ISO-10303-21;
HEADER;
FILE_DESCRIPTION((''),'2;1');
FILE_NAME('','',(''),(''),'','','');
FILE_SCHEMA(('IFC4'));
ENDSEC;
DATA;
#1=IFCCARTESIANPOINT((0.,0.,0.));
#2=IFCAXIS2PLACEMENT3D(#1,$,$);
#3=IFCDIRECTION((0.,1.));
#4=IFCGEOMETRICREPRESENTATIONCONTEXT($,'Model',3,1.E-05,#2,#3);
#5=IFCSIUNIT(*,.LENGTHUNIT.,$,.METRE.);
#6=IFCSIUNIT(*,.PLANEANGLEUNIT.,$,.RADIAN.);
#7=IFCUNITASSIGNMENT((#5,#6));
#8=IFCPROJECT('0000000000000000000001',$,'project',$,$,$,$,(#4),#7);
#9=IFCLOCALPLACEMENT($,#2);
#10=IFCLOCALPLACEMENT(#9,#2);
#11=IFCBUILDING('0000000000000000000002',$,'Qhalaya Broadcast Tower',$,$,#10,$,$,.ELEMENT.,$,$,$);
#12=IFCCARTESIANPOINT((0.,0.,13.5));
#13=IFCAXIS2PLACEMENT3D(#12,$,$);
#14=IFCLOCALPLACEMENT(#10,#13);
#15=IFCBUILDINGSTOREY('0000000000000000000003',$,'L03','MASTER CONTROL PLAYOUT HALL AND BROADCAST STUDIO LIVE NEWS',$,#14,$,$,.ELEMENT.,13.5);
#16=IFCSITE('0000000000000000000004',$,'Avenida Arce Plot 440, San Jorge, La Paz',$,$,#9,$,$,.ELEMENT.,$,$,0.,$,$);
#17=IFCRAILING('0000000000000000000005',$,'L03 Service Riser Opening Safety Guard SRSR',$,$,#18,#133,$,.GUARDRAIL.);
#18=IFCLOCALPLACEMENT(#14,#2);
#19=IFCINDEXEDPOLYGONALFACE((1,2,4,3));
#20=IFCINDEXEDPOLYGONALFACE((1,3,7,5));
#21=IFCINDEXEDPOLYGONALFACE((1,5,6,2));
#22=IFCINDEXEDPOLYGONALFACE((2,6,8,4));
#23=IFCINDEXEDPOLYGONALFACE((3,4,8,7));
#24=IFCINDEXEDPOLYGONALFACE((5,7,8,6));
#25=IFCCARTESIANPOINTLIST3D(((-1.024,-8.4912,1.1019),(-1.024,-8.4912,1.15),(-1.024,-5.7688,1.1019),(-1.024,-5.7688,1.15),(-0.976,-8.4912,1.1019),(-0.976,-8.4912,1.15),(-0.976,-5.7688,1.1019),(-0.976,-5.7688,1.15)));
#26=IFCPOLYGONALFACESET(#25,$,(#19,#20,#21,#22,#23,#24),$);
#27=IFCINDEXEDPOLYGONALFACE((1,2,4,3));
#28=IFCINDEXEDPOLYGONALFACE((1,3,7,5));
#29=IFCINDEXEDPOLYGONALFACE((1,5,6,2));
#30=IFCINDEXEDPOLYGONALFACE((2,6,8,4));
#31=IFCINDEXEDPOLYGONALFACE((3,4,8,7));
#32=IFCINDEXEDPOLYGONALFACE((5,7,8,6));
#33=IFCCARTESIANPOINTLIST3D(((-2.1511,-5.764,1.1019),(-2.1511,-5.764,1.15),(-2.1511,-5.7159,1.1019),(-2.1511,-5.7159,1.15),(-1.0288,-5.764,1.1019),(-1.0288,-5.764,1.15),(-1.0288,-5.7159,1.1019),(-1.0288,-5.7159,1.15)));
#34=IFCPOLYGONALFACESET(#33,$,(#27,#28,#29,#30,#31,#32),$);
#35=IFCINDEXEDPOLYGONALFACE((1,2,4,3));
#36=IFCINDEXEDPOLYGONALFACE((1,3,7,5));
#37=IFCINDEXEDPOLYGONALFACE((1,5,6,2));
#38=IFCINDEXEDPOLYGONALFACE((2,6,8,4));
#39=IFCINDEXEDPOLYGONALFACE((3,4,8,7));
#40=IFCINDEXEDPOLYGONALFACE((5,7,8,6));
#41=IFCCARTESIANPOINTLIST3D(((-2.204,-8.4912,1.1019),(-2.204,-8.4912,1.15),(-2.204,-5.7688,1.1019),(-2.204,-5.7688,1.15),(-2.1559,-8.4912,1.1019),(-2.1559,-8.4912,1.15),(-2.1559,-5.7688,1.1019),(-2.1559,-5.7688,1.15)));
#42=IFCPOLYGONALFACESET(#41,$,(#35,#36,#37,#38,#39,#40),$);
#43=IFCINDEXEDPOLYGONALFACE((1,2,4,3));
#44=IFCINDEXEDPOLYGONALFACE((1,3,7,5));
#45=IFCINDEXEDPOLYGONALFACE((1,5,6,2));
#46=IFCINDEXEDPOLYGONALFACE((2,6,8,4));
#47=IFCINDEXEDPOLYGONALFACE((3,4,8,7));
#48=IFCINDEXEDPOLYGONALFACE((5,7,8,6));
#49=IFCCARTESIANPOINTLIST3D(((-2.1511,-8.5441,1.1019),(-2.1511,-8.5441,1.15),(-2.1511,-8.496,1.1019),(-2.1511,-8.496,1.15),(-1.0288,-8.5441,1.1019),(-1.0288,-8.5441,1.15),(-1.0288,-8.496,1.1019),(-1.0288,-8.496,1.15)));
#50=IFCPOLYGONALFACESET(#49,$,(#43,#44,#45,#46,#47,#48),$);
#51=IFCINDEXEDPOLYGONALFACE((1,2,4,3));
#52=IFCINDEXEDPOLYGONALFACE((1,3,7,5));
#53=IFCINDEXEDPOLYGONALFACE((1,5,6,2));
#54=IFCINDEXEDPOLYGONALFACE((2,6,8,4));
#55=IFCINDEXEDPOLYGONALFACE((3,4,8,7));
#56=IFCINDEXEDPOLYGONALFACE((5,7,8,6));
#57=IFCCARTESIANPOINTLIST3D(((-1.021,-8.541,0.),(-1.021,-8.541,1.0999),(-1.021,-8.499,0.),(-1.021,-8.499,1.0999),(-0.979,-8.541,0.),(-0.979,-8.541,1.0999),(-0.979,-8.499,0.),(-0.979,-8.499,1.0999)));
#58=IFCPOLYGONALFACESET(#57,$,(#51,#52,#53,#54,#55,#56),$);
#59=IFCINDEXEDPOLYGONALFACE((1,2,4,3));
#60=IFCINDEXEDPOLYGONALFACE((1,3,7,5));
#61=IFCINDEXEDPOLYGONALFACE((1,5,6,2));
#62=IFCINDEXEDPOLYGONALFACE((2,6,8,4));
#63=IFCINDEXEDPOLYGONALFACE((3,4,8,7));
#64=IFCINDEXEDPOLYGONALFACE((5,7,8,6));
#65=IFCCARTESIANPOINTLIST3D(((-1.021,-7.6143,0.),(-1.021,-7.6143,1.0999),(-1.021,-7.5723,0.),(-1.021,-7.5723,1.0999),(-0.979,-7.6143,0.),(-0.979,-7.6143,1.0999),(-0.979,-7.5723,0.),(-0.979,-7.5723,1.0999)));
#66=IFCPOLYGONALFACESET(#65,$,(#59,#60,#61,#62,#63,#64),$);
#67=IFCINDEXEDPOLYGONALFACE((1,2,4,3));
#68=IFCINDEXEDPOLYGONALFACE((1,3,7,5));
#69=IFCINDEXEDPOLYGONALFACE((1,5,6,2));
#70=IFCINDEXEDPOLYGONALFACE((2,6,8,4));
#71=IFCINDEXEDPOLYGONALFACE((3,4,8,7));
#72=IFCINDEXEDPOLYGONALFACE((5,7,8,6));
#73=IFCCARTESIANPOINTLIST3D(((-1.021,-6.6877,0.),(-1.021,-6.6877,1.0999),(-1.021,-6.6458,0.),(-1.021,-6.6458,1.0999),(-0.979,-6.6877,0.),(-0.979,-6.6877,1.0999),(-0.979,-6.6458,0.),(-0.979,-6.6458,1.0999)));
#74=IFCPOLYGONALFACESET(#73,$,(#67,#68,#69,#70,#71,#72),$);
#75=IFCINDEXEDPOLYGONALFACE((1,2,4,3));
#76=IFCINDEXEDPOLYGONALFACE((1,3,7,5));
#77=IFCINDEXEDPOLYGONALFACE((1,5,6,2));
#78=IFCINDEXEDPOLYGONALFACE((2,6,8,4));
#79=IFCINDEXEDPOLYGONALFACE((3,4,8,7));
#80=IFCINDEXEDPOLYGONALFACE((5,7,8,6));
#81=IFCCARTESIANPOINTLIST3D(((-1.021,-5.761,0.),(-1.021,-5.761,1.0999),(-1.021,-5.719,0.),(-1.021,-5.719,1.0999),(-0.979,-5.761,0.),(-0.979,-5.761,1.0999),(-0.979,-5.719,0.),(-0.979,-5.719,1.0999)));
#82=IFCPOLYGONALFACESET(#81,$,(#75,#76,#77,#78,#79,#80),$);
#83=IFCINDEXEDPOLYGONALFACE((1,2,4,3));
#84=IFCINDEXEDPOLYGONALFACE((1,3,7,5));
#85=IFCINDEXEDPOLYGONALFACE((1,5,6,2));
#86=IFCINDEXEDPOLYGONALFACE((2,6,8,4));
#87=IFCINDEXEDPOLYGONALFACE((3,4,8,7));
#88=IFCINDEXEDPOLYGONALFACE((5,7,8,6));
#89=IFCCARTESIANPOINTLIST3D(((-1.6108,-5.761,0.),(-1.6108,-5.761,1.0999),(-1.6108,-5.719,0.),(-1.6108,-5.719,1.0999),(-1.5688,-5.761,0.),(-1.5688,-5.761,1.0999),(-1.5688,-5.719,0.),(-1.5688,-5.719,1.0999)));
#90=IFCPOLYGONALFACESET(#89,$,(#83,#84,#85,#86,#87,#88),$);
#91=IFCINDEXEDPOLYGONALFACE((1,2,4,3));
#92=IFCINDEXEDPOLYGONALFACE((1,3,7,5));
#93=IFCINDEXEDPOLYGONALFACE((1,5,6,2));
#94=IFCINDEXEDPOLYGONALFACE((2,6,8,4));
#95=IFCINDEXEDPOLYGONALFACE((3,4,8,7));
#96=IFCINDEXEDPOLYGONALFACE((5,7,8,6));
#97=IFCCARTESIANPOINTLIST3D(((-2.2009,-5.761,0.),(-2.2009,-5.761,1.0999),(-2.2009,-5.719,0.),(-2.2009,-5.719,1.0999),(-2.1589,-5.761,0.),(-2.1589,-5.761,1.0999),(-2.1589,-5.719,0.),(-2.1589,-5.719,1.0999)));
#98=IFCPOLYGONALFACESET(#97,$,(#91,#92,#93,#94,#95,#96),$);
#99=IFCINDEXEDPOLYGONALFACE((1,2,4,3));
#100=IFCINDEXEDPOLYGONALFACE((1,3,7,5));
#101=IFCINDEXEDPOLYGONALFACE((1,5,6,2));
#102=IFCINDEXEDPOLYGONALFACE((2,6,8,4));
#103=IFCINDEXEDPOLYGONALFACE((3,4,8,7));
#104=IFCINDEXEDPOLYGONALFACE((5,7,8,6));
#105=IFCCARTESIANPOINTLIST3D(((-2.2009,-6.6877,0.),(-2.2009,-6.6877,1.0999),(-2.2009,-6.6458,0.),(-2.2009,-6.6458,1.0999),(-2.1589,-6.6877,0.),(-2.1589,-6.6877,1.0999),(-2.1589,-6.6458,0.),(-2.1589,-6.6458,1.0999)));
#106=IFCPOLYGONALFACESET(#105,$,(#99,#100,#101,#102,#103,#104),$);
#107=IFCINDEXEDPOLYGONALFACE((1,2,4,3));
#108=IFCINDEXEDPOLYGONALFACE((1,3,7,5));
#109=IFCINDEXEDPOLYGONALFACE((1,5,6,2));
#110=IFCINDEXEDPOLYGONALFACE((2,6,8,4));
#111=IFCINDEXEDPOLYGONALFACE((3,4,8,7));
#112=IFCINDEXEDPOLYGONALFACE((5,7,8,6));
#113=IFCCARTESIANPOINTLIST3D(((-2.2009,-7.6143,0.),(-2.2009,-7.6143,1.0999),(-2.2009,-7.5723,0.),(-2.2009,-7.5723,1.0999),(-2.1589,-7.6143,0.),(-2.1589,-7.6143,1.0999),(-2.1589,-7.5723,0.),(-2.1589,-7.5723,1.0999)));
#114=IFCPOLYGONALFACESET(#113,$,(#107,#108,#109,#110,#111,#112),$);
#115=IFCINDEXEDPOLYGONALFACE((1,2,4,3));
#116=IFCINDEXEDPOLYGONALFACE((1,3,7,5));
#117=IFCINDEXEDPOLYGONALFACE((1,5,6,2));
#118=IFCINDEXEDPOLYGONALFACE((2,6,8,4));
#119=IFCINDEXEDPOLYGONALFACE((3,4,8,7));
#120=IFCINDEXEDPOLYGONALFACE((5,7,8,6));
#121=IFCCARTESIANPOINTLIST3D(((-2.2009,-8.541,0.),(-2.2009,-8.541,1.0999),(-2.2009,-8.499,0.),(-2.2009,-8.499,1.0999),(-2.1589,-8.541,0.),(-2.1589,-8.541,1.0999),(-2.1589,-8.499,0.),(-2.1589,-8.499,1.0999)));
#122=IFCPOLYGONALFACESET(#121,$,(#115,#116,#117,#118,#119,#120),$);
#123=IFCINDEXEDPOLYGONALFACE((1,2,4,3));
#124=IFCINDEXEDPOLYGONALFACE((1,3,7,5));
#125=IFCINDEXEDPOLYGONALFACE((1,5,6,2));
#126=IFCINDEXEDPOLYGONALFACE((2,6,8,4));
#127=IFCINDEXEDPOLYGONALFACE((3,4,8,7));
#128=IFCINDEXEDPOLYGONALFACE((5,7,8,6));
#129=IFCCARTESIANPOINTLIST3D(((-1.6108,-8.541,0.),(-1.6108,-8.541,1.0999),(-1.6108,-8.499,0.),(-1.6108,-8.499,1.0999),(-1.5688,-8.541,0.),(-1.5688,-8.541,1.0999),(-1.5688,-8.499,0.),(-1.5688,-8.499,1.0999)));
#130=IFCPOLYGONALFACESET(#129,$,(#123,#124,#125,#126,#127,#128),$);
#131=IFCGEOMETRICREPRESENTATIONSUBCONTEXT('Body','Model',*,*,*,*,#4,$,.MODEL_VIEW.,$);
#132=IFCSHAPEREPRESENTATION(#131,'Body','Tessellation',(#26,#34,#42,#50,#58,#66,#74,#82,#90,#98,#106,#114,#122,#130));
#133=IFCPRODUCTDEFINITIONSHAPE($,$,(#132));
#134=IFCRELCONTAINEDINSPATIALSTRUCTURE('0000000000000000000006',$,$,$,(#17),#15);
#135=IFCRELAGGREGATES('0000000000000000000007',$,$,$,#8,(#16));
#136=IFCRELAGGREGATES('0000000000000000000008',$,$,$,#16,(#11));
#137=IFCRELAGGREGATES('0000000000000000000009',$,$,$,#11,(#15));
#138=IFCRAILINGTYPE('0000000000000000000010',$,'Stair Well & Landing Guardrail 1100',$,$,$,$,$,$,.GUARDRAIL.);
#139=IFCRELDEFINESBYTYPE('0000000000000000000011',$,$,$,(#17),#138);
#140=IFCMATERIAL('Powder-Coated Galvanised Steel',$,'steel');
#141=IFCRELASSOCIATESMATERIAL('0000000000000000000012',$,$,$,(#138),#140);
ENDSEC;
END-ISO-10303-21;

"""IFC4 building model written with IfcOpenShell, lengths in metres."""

from ifc_helpers import new_model, si_unit, direction, frame, origin, origin_2d, place, context, subcontext, project, spatial, rectangle, extrude, material, type_object, element, save


model = new_model("IFC4")

# Units and contexts
model_context = context("Model", 3, precision=1e-05, world=origin(), true_north=direction((0.0, 1.0)))
body_context = subcontext(model_context, "Body", "Model", "MODEL_VIEW")
ifc_project = project(units=[si_unit("LENGTHUNIT", "METRE"), si_unit("PLANEANGLEUNIT", "RADIAN")], contexts=[model_context])

# Site, building, storey
site_placement = place(None, origin())
site = spatial("IfcSite", under=ifc_project, at=site_placement, Name="Avenida Arce Plot 440, San Jorge, La Paz", CompositionType="ELEMENT", RefElevation=0.0)
building_placement = place(site_placement, origin())
building = spatial("IfcBuilding", under=site, at=building_placement, Name="Qhalaya Broadcast Tower", CompositionType="ELEMENT")
storey_placement = place(building_placement, frame((0.0, 0.0, 13.5)))
storey = spatial("IfcBuildingStorey", under=building, at=storey_placement, Name="L03", Description="MASTER CONTROL PLAYOUT HALL AND BROADCAST STUDIO LIVE NEWS", CompositionType="ELEMENT", Elevation=13.5)

# Railing
ifc_material_1 = material(Name="Powder-Coated Galvanised Steel", Category="steel")
railing_type = type_object("IfcRailingType", Name="Stair Well & Landing Guardrail 1100", PredefinedType="GUARDRAIL", material=ifc_material_1)
railing_placement = place(storey_placement, frame((-1.0, -8.52, 0.0)))
element("IfcRailing", 1, at=railing_placement, inside=storey, type_object=railing_type, Name="L03 Service Riser Opening Safety Guard SRSR", PredefinedType="GUARDRAIL", context=body_context, shape_type="SweptSolid", body=[
    extrude(rectangle(XDim=0.0481, YDim=0.0481, at=origin_2d()), frame((0.0, 0.0288, 1.126), z_axis=(0.0, 1.0, 0.0), x_axis=(-1.0, 0.0, 0.0)), (0.0, 0.0, 1.0), 2.7224),
    extrude(rectangle(XDim=0.0481, YDim=0.0481, at=origin_2d()), frame((-0.0288, 2.78, 1.126), z_axis=(-1.0, 0.0, 0.0), x_axis=(0.0, -1.0, 0.0)), (0.0, 0.0, 1.0), 1.1223),
    extrude(rectangle(XDim=0.0481, YDim=0.0481, at=origin_2d()), frame((-1.1799, 2.7512, 1.126), z_axis=(0.0, -1.0, 0.0), x_axis=(1.0, 0.0, 0.0)), (0.0, 0.0, 1.0), 2.7224),
    extrude(rectangle(XDim=0.0481, YDim=0.0481, at=origin_2d()), frame((-1.1511, 0.0, 1.126), z_axis=(1.0, 0.0, 0.0), x_axis=(0.0, 1.0, 0.0)), (0.0, 0.0, 1.0), 1.1223),
    extrude(rectangle(XDim=0.042, YDim=0.042, at=origin_2d()), origin(), (0.0, 0.0, 1.0), 1.0999),
    extrude(rectangle(XDim=0.042, YDim=0.042, at=origin_2d()), frame((0.0, 0.9268, 0.0)), (0.0, 0.0, 1.0), 1.0999),
    extrude(rectangle(XDim=0.042, YDim=0.042, at=origin_2d()), frame((0.0, 1.8533, 0.0)), (0.0, 0.0, 1.0), 1.0999),
    extrude(rectangle(XDim=0.042, YDim=0.042, at=origin_2d()), frame((0.0, 2.78, 0.0)), (0.0, 0.0, 1.0), 1.0999),
    extrude(rectangle(XDim=0.042, YDim=0.042, at=origin_2d()), frame((-0.5898, 2.78, 0.0)), (0.0, 0.0, 1.0), 1.0999),
    extrude(rectangle(XDim=0.042, YDim=0.042, at=origin_2d()), frame((-1.1799, 2.78, 0.0)), (0.0, 0.0, 1.0), 1.0999),
    extrude(rectangle(XDim=0.042, YDim=0.042, at=origin_2d()), frame((-1.1799, 1.8533, 0.0)), (0.0, 0.0, 1.0), 1.0999),
    extrude(rectangle(XDim=0.042, YDim=0.042, at=origin_2d()), frame((-1.1799, 0.9268, 0.0)), (0.0, 0.0, 1.0), 1.0999),
    extrude(rectangle(XDim=0.042, YDim=0.042, at=origin_2d()), frame((-1.1799, 0.0, 0.0)), (0.0, 0.0, 1.0), 1.0999),
    extrude(rectangle(XDim=0.042, YDim=0.042, at=origin_2d()), frame((-0.5898, 0.0, 0.0)), (0.0, 0.0, 1.0), 1.0999),
])

save(model, "model.ifc")
